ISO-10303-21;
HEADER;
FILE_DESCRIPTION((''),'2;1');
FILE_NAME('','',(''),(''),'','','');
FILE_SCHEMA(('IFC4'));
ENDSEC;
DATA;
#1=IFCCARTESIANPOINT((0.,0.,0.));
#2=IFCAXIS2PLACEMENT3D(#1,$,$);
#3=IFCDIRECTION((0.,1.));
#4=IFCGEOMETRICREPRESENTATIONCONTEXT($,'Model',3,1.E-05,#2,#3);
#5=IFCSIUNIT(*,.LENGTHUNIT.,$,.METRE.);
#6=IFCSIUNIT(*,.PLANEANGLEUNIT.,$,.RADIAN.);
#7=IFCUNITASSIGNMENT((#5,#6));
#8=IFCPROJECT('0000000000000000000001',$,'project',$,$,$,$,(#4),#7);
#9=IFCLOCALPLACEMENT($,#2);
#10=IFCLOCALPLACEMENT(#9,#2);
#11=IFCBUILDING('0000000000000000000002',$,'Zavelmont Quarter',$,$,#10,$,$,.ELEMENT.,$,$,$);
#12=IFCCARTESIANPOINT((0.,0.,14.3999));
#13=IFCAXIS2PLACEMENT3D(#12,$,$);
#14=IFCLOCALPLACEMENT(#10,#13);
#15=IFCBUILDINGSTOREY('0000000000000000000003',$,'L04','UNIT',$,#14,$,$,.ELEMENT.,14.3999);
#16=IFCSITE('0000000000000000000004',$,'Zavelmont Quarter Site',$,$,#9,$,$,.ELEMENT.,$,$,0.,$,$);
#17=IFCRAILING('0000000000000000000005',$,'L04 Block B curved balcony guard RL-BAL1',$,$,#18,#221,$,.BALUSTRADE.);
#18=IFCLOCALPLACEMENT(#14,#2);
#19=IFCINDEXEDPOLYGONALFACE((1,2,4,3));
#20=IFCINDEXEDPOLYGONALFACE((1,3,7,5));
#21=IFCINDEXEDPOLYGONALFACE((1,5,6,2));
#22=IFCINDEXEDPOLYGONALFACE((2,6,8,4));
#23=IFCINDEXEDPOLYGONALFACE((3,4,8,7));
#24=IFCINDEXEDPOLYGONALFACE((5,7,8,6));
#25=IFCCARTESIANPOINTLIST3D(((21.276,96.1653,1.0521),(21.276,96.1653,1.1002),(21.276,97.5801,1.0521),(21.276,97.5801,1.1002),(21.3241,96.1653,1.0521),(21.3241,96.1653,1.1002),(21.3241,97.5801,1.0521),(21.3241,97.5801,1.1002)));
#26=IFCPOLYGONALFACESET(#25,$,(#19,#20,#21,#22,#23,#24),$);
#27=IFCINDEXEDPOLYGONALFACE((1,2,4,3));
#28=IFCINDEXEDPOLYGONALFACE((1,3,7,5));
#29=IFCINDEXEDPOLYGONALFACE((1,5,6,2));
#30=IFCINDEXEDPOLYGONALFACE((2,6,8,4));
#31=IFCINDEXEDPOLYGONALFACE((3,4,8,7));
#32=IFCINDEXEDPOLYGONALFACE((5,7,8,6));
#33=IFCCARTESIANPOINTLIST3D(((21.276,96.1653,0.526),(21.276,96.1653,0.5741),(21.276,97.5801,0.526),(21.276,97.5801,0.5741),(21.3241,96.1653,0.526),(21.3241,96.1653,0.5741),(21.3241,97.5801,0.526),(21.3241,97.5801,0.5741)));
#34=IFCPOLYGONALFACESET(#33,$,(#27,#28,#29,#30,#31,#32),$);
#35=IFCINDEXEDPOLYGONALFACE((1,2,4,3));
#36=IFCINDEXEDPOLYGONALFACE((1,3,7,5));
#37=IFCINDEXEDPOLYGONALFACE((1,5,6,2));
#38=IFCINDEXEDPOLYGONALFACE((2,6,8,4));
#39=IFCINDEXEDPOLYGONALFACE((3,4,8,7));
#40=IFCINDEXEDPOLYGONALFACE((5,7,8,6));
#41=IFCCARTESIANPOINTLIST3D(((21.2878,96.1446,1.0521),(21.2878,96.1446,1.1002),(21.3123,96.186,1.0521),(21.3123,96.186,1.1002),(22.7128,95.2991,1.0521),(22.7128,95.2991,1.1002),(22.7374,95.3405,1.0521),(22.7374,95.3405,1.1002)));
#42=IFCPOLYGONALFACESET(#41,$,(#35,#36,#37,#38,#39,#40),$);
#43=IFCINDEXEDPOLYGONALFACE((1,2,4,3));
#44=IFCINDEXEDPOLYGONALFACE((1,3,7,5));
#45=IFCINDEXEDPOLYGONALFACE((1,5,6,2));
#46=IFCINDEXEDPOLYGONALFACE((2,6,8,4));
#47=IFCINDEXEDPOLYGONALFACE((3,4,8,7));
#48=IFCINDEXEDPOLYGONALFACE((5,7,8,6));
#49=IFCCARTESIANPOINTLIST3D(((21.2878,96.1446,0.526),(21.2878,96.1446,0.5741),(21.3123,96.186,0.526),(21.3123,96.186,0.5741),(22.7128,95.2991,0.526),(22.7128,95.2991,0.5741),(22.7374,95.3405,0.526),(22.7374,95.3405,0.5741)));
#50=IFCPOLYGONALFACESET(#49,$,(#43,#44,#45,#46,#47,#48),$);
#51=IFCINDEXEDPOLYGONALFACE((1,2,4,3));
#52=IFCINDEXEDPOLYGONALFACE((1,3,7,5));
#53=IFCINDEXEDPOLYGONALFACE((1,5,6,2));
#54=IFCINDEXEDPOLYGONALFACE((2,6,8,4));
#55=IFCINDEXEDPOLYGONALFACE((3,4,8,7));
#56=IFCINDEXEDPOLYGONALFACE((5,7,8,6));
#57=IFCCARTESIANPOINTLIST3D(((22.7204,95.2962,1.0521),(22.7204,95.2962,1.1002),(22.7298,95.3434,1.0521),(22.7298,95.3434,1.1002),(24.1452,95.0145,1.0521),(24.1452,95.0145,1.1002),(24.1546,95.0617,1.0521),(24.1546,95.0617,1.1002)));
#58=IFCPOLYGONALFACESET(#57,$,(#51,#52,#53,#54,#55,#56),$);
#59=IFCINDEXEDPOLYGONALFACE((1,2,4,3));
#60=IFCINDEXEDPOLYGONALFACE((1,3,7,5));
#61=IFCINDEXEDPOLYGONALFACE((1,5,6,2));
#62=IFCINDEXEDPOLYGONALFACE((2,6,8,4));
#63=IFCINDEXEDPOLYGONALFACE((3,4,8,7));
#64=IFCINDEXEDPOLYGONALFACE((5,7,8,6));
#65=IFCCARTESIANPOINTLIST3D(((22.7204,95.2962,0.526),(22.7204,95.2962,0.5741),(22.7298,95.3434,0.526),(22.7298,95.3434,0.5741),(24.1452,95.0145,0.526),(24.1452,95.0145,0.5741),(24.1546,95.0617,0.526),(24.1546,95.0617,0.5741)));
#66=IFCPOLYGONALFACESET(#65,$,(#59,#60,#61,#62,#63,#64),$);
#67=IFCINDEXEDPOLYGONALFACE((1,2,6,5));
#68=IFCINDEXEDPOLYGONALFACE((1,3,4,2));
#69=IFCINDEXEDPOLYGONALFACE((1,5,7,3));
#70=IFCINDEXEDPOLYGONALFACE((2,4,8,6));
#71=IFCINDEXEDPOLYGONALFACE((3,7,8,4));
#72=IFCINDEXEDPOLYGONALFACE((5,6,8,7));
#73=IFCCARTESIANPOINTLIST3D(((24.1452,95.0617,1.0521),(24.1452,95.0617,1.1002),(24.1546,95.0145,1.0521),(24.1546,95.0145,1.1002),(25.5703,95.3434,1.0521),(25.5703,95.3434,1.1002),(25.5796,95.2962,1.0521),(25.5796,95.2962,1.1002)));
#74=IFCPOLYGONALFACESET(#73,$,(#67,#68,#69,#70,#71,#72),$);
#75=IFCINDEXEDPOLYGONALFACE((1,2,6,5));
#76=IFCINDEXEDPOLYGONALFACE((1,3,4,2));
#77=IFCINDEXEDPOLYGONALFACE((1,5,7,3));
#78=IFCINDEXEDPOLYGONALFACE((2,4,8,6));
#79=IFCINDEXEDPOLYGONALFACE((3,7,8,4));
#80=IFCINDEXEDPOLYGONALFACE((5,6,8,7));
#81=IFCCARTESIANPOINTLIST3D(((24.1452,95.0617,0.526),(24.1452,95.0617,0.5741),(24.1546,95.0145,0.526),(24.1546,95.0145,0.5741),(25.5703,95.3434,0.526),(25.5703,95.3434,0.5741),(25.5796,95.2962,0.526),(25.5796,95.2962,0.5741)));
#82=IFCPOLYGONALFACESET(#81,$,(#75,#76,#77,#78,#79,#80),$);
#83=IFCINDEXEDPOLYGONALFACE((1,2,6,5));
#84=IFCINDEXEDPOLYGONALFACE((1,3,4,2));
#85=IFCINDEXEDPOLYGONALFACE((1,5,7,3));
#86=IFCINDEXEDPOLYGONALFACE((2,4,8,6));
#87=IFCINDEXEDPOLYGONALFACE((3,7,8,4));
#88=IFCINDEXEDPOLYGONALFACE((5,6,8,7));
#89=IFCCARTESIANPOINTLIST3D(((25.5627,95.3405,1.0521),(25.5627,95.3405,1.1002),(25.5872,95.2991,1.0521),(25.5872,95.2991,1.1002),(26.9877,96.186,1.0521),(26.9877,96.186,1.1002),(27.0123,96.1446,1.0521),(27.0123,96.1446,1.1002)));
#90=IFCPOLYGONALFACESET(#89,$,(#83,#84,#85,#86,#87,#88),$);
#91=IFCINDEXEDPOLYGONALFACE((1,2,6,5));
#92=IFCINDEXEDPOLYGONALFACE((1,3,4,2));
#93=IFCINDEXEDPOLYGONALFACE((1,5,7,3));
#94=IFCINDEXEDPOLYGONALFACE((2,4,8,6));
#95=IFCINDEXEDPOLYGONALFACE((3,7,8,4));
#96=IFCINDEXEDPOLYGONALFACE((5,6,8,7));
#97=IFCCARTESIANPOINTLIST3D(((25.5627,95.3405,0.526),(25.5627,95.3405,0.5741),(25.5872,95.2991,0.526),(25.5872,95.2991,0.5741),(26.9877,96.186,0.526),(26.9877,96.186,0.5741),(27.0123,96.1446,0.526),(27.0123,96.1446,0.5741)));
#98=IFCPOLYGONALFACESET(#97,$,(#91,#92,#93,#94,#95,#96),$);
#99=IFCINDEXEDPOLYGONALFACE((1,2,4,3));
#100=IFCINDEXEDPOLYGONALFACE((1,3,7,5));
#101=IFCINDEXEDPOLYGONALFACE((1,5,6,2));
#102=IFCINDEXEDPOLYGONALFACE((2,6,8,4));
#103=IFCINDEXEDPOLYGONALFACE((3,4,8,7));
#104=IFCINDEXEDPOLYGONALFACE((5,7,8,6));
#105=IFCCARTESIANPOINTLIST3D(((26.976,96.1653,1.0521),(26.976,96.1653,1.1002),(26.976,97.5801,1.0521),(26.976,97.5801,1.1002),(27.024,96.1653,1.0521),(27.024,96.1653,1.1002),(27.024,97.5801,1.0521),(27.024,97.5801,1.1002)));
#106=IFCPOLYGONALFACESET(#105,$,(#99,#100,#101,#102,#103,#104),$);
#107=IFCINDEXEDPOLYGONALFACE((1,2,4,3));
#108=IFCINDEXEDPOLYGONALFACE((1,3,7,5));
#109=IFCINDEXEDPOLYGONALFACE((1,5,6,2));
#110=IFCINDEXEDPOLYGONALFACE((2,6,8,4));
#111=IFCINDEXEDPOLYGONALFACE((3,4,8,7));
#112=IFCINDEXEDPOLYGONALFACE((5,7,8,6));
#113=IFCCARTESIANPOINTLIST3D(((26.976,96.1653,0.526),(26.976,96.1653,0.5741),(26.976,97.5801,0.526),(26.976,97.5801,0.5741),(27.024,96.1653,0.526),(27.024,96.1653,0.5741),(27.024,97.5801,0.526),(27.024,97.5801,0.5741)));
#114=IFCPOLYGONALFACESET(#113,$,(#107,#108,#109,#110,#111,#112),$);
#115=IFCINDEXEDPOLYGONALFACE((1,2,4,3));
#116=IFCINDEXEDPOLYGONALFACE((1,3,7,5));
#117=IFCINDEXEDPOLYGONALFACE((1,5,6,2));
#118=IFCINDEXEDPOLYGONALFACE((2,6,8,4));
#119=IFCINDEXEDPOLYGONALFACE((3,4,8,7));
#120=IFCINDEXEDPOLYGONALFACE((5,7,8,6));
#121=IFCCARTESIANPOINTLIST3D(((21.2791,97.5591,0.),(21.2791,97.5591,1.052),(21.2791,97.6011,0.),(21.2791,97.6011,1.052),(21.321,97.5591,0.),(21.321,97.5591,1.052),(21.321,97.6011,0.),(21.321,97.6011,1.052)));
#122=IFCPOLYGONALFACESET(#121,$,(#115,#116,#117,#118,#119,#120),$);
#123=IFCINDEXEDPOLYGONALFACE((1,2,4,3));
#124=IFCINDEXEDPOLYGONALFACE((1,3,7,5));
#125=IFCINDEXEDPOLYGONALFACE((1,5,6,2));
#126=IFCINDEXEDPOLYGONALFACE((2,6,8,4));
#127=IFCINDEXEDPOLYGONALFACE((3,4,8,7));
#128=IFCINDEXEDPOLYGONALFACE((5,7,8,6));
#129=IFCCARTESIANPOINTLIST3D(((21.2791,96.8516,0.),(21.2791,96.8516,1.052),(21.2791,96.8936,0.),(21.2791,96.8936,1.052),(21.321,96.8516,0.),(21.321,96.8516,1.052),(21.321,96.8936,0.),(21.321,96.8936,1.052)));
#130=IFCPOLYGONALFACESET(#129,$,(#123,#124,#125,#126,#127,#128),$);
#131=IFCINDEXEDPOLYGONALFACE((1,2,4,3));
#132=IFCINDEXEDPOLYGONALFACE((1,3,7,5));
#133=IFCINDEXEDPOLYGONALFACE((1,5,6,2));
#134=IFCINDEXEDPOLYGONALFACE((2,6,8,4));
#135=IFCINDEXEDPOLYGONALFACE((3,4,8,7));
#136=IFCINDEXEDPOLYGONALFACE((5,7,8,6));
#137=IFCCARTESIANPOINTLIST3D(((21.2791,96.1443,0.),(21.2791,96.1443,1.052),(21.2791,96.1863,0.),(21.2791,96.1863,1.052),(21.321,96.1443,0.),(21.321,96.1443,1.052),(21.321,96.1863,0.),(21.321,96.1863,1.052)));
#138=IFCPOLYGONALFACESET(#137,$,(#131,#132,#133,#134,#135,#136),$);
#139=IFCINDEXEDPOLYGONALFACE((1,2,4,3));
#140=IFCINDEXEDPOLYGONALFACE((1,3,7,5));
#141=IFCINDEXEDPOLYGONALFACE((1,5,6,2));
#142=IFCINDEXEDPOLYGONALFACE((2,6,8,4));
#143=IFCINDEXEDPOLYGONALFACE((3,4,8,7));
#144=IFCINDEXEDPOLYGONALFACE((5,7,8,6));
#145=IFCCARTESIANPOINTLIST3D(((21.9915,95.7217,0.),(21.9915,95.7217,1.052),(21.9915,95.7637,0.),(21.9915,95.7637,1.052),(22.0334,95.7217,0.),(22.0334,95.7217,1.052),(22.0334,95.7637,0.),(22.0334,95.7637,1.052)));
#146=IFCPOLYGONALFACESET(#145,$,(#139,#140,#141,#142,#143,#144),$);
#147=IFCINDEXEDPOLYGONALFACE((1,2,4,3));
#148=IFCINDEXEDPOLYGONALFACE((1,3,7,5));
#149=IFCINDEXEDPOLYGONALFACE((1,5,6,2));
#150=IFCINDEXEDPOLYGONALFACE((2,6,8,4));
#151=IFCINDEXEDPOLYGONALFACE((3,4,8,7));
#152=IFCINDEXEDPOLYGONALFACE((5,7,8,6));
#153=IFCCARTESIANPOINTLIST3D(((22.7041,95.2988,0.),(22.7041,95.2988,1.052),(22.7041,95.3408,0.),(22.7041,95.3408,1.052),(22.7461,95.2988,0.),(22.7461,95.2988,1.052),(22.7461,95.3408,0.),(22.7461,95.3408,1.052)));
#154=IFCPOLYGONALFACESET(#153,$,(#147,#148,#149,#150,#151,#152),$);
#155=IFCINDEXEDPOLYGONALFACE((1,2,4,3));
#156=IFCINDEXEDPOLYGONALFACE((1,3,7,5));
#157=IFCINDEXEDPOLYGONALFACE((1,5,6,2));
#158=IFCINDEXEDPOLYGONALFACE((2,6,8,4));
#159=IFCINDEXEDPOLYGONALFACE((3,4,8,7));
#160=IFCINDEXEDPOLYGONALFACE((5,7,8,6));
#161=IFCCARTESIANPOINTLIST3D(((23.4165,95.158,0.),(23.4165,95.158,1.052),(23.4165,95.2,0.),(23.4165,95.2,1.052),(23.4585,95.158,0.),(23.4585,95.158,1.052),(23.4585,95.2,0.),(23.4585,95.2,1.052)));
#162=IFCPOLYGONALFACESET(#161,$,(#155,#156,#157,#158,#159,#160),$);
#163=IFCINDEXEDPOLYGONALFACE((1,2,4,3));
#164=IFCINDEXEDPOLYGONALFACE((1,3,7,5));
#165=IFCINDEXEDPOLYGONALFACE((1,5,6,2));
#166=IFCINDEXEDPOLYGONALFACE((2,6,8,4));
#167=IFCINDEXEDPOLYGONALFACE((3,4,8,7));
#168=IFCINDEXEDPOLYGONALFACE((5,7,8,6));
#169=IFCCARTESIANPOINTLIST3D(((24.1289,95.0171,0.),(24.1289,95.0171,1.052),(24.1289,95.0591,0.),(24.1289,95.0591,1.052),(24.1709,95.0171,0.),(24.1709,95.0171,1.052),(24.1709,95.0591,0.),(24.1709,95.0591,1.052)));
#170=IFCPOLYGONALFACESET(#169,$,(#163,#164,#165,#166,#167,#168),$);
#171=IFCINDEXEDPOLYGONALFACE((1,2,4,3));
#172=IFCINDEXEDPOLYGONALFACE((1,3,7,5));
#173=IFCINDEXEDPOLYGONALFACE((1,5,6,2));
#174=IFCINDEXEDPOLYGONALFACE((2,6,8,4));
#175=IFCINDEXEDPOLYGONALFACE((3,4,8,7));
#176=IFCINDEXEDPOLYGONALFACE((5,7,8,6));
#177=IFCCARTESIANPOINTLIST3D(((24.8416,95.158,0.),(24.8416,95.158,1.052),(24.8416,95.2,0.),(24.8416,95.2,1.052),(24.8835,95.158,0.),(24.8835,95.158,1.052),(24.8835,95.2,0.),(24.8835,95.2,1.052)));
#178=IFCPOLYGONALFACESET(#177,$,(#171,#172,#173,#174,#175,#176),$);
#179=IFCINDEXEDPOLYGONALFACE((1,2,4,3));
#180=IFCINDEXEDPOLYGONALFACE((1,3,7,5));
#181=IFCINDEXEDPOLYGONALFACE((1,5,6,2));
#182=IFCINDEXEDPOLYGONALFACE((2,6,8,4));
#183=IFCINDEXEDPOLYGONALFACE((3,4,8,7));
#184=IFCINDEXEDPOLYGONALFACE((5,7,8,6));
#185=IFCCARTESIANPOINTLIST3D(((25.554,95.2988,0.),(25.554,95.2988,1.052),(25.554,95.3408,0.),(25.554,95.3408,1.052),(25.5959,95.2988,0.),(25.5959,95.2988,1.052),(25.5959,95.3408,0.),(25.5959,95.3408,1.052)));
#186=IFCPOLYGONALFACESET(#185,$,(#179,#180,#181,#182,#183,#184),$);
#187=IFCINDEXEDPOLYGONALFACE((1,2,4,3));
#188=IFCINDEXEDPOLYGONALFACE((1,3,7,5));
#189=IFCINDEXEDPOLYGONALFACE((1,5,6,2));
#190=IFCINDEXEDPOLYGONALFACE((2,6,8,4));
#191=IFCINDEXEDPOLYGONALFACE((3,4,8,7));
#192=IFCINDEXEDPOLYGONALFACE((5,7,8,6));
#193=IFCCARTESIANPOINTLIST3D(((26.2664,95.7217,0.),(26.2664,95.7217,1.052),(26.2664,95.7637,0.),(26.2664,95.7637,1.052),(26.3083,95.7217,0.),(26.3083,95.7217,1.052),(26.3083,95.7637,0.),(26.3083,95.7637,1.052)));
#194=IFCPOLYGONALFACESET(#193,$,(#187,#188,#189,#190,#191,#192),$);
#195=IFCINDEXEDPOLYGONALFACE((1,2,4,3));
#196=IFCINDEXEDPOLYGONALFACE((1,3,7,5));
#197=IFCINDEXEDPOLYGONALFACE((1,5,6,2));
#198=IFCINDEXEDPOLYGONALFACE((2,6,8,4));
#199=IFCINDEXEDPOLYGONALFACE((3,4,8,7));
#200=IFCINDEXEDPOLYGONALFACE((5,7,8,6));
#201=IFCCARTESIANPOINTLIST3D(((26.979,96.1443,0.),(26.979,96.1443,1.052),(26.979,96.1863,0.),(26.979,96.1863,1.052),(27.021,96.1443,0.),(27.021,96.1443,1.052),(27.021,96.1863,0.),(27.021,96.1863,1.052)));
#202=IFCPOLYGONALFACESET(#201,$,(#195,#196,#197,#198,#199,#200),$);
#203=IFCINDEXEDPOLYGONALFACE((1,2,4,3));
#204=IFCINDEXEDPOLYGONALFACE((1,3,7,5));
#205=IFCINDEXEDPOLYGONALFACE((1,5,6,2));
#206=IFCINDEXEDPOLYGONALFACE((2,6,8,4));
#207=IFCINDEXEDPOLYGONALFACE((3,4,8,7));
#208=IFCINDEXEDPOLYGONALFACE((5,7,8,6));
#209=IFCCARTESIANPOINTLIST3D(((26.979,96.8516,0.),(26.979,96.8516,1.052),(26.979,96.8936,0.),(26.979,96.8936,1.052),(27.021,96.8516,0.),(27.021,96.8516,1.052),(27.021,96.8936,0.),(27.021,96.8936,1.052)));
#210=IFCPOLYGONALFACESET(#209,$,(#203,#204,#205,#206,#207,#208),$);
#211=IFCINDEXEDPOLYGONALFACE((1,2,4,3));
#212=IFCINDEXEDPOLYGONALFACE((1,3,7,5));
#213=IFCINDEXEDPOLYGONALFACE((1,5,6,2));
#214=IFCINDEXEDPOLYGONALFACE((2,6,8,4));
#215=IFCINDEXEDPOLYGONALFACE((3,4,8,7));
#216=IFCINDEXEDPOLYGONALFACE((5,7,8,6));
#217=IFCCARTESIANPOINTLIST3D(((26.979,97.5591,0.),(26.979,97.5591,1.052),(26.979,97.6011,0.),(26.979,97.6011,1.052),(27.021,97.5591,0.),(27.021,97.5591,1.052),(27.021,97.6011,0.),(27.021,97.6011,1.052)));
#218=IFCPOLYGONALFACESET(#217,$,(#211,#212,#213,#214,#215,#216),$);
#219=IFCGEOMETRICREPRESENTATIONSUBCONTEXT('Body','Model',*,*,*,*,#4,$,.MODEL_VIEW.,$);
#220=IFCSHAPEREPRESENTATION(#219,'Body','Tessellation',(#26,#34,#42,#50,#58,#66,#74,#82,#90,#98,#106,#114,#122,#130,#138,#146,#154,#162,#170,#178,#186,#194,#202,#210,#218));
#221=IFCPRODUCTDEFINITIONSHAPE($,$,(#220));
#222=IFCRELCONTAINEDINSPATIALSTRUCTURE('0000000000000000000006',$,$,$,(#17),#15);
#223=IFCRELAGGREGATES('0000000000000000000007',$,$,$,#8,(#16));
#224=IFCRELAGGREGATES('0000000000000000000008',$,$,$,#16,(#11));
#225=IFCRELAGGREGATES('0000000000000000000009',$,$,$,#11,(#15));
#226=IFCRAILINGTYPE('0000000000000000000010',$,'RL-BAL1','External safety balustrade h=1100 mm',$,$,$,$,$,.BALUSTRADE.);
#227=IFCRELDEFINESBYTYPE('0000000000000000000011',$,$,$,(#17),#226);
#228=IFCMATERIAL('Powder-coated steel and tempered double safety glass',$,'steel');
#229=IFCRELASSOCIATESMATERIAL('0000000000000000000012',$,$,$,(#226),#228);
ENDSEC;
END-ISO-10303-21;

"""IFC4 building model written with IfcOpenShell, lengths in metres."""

from ifc_helpers import new_model, si_unit, direction, frame, origin, origin_2d, place, context, subcontext, project, spatial, rectangle, extrude, material, type_object, element, save


model = new_model("IFC4")

# Units and contexts
model_context = context("Model", 3, precision=1e-05, world=origin(), true_north=direction((0.0, 1.0)))
body_context = subcontext(model_context, "Body", "Model", "MODEL_VIEW")
ifc_project = project(units=[si_unit("LENGTHUNIT", "METRE"), si_unit("PLANEANGLEUNIT", "RADIAN")], contexts=[model_context])

# Site, building, storey
site_placement = place(None, origin())
site = spatial("IfcSite", under=ifc_project, at=site_placement, Name="Zavelmont Quarter Site", CompositionType="ELEMENT", RefElevation=0.0)
building_placement = place(site_placement, origin())
building = spatial("IfcBuilding", under=site, at=building_placement, Name="Zavelmont Quarter", CompositionType="ELEMENT")
storey_placement = place(building_placement, frame((0.0, 0.0, 14.3999)))
storey = spatial("IfcBuildingStorey", under=building, at=storey_placement, Name="L04", Description="UNIT", CompositionType="ELEMENT", Elevation=14.3999)

# Railing
ifc_material_1 = material(Name="Powder-coated steel and tempered double safety glass", Category="steel")
railing_type_1 = type_object("IfcRailingType", Name="RL-BAL1", Description="External safety balustrade h=1100 mm", PredefinedType="BALUSTRADE", material=ifc_material_1)
railing_1_placement = place(storey_placement, frame((21.3, 97.5801, 0.0)))
element("IfcRailing", 1, at=railing_1_placement, inside=storey, type_object=railing_type_1, Name="L04 Block B curved balcony guard RL-BAL1", PredefinedType="BALUSTRADE", context=body_context, shape_type="SweptSolid", body=[
    extrude(rectangle(XDim=0.0481, YDim=0.0481, at=origin_2d()), frame((0.0, 0.0, 1.0762), z_axis=(0.0, -1.0, 0.0), x_axis=(1.0, 0.0, 0.0)), (0.0, 0.0, 1.0), 1.4148),
    extrude(rectangle(XDim=0.0481, YDim=0.0481, at=origin_2d()), frame((0.0, 0.0, 0.55), z_axis=(0.0, -1.0, 0.0), x_axis=(1.0, 0.0, 0.0)), (0.0, 0.0, 1.0), 1.4148),
    extrude(rectangle(XDim=0.0481, YDim=0.0481, at=origin_2d()), frame((0.0, -1.4148, 1.0762), z_axis=(0.860031, -0.510243, 0.0), x_axis=(0.510243, 0.860031, 0.0)), (0.0, 0.0, 1.0), 1.657),
    extrude(rectangle(XDim=0.0481, YDim=0.0481, at=origin_2d()), frame((0.0, -1.4148, 0.55), z_axis=(0.860031, -0.510243, 0.0), x_axis=(0.510243, 0.860031, 0.0)), (0.0, 0.0, 1.0), 1.657),
    extrude(rectangle(XDim=0.0481, YDim=0.0481, at=origin_2d()), frame((1.425, -2.2603, 1.0762), z_axis=(0.981005, -0.193982, 0.0), x_axis=(0.193982, 0.981005, 0.0)), (0.0, 0.0, 1.0), 1.4524),
    extrude(rectangle(XDim=0.0481, YDim=0.0481, at=origin_2d()), frame((1.425, -2.2603, 0.55), z_axis=(0.981005, -0.193982, 0.0), x_axis=(0.193982, 0.981005, 0.0)), (0.0, 0.0, 1.0), 1.4524),
    extrude(rectangle(XDim=0.0481, YDim=0.0481, at=origin_2d()), frame((2.8499, -2.542, 1.0762), z_axis=(0.981011, 0.19395, 0.0), x_axis=(-0.19395, 0.981011, 0.0)), (0.0, 0.0, 1.0), 1.4526),
    extrude(rectangle(XDim=0.0481, YDim=0.0481, at=origin_2d()), frame((2.8499, -2.542, 0.55), z_axis=(0.981011, 0.19395, 0.0), x_axis=(-0.19395, 0.981011, 0.0)), (0.0, 0.0, 1.0), 1.4526),
    extrude(rectangle(XDim=0.0481, YDim=0.0481, at=origin_2d()), frame((4.2749, -2.2603, 1.0762), z_axis=(0.860031, 0.510243, 0.0), x_axis=(-0.510243, 0.860031, 0.0)), (0.0, 0.0, 1.0), 1.657),
    extrude(rectangle(XDim=0.0481, YDim=0.0481, at=origin_2d()), frame((4.2749, -2.2603, 0.55), z_axis=(0.860031, 0.510243, 0.0), x_axis=(-0.510243, 0.860031, 0.0)), (0.0, 0.0, 1.0), 1.657),
    extrude(rectangle(XDim=0.0481, YDim=0.0481, at=origin_2d()), frame((5.7, -1.4148, 1.0762), z_axis=(0.0, 1.0, 0.0), x_axis=(-1.0, 0.0, 0.0)), (0.0, 0.0, 1.0), 1.4148),
    extrude(rectangle(XDim=0.0481, YDim=0.0481, at=origin_2d()), frame((5.7, -1.4148, 0.55), z_axis=(0.0, 1.0, 0.0), x_axis=(-1.0, 0.0, 0.0)), (0.0, 0.0, 1.0), 1.4148),
    extrude(rectangle(XDim=0.042, YDim=0.042, at=origin_2d()), origin(), (0.0, 0.0, 1.0), 1.052),
    extrude(rectangle(XDim=0.042, YDim=0.042, at=origin_2d()), frame((0.0, -0.7075, 0.0)), (0.0, 0.0, 1.0), 1.052),
    extrude(rectangle(XDim=0.042, YDim=0.042, at=origin_2d()), frame((0.0, -1.4148, 0.0)), (0.0, 0.0, 1.0), 1.052),
    extrude(rectangle(XDim=0.042, YDim=0.042, at=origin_2d()), frame((0.7124, -1.8374, 0.0)), (0.0, 0.0, 1.0), 1.052),
    extrude(rectangle(XDim=0.042, YDim=0.042, at=origin_2d()), frame((1.425, -2.2603, 0.0)), (0.0, 0.0, 1.0), 1.052),
    extrude(rectangle(XDim=0.042, YDim=0.042, at=origin_2d()), frame((2.1375, -2.4011, 0.0)), (0.0, 0.0, 1.0), 1.052),
    extrude(rectangle(XDim=0.042, YDim=0.042, at=origin_2d()), frame((2.8499, -2.542, 0.0)), (0.0, 0.0, 1.0), 1.052),
    extrude(rectangle(XDim=0.042, YDim=0.042, at=origin_2d()), frame((3.5625, -2.4011, 0.0)), (0.0, 0.0, 1.0), 1.052),
    extrude(rectangle(XDim=0.042, YDim=0.042, at=origin_2d()), frame((4.2749, -2.2603, 0.0)), (0.0, 0.0, 1.0), 1.052),
    extrude(rectangle(XDim=0.042, YDim=0.042, at=origin_2d()), frame((4.9873, -1.8374, 0.0)), (0.0, 0.0, 1.0), 1.052),
    extrude(rectangle(XDim=0.042, YDim=0.042, at=origin_2d()), frame((5.7, -1.4148, 0.0)), (0.0, 0.0, 1.0), 1.052),
    extrude(rectangle(XDim=0.042, YDim=0.042, at=origin_2d()), frame((5.7, -0.7075, 0.0)), (0.0, 0.0, 1.0), 1.052),
    extrude(rectangle(XDim=0.042, YDim=0.042, at=origin_2d()), frame((5.7, 0.0, 0.0)), (0.0, 0.0, 1.0), 1.052),
])

save(model, "model.ifc")
